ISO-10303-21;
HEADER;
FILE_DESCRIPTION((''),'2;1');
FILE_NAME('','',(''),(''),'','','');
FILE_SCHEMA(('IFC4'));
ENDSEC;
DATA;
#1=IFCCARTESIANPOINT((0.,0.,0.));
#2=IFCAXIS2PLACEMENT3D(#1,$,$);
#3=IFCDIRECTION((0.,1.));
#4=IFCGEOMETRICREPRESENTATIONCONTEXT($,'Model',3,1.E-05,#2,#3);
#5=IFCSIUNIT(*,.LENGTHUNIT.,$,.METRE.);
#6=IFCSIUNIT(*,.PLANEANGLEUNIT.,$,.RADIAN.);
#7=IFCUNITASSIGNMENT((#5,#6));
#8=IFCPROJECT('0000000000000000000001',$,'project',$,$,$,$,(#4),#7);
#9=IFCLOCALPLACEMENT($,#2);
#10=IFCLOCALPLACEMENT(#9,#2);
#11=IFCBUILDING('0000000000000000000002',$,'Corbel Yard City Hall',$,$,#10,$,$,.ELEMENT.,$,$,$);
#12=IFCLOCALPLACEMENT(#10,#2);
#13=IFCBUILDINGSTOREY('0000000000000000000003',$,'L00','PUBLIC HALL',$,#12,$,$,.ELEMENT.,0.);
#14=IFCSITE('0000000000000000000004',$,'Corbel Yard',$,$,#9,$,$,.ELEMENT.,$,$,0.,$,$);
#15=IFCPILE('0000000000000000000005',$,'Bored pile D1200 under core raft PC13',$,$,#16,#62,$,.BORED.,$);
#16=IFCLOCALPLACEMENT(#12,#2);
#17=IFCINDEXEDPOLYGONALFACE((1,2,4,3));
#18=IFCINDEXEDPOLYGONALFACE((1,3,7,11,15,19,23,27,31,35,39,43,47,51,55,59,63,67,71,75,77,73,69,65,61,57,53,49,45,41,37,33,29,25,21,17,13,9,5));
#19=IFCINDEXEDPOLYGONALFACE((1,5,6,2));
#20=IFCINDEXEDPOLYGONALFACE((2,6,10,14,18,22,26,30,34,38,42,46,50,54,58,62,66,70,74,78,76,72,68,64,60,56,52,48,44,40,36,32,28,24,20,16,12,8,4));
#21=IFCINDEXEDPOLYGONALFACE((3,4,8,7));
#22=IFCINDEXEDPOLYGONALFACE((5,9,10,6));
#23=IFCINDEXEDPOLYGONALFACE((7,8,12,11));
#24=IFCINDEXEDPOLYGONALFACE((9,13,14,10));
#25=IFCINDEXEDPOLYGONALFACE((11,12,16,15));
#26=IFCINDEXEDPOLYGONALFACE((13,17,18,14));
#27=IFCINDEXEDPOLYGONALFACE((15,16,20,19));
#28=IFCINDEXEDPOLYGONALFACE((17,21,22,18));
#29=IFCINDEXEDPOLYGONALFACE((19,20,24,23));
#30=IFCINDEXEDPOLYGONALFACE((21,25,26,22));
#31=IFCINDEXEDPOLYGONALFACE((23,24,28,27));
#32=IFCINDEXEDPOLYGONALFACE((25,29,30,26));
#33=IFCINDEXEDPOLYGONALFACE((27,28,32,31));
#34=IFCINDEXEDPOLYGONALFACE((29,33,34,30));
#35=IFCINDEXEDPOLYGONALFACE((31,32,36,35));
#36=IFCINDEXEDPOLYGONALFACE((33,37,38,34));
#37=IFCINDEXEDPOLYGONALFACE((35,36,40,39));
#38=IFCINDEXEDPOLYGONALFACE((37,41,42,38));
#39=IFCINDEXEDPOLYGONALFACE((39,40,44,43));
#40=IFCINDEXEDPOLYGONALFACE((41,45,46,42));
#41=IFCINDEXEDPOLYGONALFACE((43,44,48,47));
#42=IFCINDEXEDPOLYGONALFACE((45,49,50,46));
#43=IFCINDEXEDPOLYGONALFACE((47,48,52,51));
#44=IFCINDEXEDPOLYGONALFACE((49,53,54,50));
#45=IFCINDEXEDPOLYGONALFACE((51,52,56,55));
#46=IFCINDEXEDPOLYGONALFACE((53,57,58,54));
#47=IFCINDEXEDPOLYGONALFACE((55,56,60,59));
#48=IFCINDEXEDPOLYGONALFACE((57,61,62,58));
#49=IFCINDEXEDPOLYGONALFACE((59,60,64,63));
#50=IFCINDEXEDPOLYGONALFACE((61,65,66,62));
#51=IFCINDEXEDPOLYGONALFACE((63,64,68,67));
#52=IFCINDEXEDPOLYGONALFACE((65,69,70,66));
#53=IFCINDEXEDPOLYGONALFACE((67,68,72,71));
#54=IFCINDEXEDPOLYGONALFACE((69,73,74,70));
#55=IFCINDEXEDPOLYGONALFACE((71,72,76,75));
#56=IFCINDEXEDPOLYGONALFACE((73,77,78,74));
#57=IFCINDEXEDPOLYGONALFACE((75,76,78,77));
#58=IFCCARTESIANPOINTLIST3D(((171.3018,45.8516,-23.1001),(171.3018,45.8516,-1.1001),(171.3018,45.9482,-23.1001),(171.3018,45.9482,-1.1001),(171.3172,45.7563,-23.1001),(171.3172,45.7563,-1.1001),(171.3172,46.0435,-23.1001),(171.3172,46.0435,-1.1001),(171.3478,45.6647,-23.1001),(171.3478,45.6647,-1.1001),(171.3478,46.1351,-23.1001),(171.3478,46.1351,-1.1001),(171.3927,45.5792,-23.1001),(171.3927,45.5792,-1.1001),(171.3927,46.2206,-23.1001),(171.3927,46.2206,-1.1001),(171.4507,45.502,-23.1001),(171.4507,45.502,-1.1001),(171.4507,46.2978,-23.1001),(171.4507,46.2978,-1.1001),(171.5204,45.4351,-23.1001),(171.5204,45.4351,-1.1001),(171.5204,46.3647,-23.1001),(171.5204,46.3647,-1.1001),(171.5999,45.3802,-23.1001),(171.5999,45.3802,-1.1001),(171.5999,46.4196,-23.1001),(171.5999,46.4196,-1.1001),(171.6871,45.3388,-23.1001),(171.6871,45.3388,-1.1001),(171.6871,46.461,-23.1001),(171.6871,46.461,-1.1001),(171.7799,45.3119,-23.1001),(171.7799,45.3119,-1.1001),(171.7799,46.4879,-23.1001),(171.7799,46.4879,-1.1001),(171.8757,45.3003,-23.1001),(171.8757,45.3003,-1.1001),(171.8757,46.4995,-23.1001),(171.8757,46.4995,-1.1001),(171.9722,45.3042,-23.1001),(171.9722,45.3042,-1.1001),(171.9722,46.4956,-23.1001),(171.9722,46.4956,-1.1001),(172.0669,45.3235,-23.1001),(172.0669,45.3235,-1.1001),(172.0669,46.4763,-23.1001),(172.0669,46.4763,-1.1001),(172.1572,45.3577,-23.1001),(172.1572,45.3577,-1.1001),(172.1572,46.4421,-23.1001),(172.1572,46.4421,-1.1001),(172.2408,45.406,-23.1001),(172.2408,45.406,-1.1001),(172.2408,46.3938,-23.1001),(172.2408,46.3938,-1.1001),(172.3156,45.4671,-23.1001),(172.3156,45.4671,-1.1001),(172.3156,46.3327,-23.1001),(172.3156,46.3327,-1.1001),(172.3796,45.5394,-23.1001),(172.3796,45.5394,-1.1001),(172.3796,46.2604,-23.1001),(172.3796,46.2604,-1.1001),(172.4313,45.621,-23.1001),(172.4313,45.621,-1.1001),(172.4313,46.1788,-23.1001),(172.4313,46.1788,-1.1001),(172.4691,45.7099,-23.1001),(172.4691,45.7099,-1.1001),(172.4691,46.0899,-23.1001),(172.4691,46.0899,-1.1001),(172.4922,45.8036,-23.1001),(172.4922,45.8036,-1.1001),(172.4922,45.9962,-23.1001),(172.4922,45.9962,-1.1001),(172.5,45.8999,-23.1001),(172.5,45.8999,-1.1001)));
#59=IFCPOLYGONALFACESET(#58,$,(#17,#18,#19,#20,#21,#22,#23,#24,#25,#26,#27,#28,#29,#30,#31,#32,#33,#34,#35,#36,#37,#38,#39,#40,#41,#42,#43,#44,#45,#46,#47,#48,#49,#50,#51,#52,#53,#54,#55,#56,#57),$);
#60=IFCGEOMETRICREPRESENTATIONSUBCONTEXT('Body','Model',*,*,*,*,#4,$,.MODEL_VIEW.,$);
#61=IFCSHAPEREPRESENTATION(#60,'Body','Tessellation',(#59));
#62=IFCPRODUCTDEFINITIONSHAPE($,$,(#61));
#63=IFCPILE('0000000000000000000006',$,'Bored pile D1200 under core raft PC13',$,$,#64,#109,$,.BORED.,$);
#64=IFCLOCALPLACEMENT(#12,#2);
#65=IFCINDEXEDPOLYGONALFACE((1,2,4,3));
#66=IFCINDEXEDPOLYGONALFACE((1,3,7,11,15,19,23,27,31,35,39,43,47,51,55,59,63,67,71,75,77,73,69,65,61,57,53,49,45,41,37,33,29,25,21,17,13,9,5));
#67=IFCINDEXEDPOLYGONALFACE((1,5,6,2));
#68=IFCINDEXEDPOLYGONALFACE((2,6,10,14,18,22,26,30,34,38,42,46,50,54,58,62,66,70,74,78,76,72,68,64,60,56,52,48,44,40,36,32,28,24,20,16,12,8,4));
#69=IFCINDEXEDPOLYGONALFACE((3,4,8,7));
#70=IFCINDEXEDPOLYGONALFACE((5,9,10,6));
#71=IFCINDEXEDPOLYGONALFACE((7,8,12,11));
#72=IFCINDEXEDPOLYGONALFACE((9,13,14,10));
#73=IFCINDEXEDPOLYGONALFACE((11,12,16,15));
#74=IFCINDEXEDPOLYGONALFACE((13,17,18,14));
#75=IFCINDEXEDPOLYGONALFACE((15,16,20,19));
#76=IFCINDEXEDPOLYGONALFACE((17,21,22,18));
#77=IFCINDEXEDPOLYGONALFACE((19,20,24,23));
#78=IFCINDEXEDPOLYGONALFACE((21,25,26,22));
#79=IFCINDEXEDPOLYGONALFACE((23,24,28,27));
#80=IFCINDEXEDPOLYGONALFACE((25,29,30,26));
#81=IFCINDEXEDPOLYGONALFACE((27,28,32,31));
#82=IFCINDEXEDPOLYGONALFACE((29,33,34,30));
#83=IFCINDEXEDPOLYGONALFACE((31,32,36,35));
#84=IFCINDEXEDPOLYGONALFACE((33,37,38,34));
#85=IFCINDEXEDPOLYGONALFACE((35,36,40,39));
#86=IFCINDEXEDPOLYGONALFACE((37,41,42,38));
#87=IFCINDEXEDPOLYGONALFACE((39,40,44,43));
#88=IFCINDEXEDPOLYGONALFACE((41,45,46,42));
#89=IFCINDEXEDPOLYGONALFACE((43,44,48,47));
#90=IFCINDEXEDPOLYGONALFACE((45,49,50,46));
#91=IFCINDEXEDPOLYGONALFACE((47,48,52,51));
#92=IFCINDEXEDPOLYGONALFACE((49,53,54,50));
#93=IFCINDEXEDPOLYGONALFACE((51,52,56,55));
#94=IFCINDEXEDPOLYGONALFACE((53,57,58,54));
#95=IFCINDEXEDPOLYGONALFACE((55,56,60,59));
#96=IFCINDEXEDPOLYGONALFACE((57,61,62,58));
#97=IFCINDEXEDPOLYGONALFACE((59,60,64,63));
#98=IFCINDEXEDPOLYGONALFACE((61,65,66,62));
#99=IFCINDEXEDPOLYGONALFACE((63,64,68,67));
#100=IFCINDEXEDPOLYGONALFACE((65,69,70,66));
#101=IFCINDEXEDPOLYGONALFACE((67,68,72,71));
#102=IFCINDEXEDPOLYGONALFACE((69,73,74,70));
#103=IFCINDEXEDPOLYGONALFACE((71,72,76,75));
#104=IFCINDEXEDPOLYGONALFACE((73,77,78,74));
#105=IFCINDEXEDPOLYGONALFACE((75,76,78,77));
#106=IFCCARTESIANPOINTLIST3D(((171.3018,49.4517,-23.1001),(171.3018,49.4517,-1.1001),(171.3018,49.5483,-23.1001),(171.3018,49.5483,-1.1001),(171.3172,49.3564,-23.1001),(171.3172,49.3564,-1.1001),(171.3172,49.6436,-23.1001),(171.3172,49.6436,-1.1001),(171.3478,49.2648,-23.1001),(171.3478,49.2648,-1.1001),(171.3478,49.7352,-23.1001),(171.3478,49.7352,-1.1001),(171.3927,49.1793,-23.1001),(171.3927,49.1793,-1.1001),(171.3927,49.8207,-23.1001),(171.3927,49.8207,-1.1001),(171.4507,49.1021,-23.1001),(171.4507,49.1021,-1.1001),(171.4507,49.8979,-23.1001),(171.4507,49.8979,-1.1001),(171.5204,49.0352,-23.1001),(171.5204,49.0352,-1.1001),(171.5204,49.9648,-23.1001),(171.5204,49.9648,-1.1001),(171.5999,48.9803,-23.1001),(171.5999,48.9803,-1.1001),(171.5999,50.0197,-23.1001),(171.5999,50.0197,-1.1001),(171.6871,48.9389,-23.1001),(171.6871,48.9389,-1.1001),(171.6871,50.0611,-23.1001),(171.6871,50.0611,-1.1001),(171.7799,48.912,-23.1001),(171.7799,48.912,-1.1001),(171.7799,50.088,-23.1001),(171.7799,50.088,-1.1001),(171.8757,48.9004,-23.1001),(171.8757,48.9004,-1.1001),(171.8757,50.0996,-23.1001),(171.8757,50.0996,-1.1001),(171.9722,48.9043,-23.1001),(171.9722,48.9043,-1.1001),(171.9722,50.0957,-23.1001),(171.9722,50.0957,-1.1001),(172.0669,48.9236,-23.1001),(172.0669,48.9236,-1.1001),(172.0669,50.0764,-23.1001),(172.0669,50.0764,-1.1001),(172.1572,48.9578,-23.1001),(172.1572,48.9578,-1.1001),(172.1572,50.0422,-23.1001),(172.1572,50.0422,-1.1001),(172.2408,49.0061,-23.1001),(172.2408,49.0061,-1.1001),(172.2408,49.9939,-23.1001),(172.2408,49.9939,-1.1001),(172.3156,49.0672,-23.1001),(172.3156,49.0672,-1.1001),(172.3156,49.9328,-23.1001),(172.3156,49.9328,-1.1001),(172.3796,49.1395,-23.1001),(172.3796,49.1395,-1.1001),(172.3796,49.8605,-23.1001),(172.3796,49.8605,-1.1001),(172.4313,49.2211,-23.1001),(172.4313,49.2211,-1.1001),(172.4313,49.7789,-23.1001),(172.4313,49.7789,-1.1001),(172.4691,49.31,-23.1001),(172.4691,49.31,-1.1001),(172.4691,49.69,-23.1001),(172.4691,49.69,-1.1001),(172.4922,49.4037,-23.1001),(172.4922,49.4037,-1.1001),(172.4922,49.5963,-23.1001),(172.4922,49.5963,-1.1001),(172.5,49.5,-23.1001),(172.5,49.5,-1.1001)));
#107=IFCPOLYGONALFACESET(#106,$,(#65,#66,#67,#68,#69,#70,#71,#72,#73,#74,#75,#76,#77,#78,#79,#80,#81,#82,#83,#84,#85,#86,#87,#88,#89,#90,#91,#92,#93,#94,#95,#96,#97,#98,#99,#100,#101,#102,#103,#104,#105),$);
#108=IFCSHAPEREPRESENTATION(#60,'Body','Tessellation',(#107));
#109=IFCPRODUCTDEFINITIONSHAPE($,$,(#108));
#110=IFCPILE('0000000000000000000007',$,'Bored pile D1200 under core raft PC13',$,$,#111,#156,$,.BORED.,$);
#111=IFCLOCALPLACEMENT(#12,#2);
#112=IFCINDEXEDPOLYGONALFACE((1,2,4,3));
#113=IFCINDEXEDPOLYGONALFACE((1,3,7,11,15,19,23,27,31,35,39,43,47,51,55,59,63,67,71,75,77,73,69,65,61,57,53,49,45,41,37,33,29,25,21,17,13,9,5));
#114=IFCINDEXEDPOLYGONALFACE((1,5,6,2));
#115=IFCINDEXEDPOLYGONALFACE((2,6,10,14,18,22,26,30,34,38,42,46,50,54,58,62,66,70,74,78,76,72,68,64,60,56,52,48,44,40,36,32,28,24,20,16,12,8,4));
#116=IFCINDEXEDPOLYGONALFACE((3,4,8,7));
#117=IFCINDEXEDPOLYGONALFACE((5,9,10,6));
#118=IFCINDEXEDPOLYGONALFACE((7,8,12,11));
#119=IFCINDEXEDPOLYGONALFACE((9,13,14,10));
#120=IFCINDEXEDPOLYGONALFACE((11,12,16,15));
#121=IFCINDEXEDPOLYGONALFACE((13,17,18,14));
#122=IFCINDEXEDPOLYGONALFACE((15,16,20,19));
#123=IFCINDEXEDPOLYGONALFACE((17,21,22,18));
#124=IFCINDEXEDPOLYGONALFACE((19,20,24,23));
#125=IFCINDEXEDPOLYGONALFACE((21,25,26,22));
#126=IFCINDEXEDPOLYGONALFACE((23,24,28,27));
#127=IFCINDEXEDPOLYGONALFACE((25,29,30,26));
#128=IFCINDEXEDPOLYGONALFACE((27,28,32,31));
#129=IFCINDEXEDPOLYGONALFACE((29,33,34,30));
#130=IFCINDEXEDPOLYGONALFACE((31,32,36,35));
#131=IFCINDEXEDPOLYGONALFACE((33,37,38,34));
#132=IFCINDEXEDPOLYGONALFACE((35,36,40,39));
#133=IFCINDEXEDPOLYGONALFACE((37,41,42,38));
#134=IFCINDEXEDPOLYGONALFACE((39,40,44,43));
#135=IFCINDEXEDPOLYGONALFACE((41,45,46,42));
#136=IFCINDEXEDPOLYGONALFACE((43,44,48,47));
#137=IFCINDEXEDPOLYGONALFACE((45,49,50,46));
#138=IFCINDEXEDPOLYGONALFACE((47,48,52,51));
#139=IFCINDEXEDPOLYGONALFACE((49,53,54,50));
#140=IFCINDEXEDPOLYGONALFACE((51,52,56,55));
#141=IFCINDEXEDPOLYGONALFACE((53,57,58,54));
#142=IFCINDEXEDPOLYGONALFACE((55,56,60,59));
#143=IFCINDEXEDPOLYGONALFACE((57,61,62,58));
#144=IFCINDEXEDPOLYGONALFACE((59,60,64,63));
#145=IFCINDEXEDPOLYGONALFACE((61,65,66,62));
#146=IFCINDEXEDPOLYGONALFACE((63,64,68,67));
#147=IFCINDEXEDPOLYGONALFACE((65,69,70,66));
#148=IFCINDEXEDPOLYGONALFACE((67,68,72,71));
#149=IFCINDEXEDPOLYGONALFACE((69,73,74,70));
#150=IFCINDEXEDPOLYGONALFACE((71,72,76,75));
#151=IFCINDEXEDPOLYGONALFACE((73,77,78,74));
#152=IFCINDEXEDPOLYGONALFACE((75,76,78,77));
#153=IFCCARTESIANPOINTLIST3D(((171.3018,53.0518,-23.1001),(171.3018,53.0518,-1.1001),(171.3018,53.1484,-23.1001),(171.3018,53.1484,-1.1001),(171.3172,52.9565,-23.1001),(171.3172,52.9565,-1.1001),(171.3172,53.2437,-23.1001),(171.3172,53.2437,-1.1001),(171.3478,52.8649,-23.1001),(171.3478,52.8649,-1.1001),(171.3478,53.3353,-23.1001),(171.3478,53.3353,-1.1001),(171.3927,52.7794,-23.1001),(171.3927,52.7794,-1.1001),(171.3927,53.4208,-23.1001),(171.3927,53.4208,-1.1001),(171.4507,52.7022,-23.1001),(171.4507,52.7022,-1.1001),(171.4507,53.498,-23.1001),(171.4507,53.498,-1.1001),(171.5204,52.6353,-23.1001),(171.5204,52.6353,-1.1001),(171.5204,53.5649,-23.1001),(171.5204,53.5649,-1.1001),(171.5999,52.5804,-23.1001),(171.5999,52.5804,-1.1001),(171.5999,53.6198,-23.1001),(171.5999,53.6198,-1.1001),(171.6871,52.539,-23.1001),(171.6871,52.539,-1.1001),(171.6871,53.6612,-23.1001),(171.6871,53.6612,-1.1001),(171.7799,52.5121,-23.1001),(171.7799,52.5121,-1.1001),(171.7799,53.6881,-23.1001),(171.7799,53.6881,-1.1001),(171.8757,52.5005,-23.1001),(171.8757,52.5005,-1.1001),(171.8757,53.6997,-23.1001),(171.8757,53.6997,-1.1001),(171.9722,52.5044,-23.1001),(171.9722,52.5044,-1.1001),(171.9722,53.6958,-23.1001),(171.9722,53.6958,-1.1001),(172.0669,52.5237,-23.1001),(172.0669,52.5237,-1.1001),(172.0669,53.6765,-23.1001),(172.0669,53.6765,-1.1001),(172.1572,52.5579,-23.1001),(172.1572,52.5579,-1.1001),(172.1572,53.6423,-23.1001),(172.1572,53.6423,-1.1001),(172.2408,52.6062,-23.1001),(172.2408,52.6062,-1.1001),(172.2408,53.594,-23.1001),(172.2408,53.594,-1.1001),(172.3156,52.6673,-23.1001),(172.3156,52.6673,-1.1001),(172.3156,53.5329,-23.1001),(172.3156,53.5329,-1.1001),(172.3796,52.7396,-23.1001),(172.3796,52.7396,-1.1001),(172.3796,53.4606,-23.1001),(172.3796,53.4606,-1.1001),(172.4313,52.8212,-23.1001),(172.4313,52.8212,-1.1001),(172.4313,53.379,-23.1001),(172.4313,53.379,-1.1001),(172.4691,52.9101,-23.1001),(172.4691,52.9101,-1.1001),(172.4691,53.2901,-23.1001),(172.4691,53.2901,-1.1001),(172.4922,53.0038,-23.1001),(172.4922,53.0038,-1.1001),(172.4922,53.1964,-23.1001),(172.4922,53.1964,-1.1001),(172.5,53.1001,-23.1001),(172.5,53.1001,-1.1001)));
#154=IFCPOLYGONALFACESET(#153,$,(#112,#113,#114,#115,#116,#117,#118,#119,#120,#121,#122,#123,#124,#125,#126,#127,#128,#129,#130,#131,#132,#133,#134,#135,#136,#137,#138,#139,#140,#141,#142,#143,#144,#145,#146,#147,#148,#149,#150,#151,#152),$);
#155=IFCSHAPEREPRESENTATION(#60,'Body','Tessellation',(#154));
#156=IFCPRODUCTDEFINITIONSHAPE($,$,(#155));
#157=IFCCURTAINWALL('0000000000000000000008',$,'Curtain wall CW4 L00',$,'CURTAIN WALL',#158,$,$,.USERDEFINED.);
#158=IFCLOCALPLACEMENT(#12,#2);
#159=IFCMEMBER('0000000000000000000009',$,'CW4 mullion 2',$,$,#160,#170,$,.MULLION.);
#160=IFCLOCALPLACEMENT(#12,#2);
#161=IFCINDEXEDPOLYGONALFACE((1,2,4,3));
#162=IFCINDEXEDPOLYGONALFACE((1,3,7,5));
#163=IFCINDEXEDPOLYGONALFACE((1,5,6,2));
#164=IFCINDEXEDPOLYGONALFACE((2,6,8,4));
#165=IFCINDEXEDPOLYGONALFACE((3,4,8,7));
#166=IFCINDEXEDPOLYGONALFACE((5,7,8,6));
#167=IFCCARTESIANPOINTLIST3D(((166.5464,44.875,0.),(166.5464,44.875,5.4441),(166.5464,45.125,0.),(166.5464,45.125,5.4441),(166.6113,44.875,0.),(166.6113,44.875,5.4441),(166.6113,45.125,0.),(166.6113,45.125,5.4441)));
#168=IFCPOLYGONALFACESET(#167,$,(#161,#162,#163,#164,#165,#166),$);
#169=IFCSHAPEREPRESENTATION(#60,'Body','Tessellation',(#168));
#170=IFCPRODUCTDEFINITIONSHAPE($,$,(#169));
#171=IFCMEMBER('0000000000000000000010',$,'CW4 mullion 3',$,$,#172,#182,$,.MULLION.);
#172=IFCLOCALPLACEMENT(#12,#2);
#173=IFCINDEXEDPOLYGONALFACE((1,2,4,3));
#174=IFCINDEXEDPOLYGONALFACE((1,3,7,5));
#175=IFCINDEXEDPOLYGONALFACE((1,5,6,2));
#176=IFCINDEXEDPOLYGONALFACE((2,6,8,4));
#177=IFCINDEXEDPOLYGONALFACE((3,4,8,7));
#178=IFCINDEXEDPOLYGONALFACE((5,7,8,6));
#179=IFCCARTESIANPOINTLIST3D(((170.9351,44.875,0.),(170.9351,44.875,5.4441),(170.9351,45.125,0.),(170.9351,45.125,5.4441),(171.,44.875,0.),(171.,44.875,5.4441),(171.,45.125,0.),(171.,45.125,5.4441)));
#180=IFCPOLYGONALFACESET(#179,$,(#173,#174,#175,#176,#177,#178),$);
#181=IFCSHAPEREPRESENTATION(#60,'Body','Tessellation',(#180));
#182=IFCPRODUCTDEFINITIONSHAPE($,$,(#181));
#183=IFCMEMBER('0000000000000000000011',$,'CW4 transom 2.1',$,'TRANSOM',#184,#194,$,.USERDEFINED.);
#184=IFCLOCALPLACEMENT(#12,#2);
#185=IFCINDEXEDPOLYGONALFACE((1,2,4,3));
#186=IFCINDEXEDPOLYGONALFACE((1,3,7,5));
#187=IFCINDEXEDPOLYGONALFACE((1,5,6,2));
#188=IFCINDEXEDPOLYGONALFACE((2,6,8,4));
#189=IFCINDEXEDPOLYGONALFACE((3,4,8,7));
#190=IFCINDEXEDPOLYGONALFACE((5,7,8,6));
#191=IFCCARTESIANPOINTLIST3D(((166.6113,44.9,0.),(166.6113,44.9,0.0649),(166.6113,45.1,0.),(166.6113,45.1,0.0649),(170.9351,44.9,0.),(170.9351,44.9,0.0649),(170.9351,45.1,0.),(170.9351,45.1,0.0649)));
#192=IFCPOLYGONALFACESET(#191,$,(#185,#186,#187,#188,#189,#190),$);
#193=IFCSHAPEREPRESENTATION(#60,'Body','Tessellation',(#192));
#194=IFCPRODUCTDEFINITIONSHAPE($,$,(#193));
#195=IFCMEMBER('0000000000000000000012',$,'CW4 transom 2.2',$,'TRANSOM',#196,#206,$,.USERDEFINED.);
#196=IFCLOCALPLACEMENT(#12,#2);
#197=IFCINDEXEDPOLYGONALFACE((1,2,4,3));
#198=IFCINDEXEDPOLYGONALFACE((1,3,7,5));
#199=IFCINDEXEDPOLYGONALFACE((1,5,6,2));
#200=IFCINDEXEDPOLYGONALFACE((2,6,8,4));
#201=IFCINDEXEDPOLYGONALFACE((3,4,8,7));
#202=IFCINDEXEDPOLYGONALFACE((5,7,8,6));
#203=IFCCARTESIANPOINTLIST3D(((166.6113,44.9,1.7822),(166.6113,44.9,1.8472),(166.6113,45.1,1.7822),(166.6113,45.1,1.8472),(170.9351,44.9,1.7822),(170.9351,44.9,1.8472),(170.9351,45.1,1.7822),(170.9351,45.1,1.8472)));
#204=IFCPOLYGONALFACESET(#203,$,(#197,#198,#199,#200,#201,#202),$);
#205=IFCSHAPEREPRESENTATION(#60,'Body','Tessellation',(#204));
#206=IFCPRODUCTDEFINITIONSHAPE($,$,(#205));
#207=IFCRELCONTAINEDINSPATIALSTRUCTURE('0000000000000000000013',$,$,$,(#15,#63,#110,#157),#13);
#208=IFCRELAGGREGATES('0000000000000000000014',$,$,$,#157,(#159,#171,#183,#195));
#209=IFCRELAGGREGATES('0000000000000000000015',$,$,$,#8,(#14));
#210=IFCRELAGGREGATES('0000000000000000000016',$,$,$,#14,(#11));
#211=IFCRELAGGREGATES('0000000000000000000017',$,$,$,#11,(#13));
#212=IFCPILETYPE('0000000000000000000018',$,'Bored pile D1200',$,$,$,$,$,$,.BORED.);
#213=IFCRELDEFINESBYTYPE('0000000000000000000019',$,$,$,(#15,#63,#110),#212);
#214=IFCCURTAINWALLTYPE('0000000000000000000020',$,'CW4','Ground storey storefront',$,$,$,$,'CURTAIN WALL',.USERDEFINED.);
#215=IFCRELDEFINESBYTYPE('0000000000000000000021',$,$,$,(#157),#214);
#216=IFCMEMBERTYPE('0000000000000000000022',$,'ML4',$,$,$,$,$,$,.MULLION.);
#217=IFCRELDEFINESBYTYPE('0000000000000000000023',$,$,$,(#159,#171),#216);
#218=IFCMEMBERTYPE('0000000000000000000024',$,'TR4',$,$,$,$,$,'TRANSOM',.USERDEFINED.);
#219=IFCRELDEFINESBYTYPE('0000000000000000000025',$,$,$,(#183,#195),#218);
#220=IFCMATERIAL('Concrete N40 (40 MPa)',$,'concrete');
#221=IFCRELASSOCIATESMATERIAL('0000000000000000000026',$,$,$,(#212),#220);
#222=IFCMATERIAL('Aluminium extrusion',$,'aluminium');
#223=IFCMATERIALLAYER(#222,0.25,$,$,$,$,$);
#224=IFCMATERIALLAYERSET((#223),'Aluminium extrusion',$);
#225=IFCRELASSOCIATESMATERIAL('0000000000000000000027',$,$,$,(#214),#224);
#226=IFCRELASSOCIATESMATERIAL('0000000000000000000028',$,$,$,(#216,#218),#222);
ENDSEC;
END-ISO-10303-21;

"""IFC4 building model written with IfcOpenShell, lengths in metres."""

from ifc_helpers import new_model, si_unit, direction, frame, origin, origin_2d, place, context, subcontext, project, spatial, rectangle, circle, extrude, material, layer, layer_set, material_profile, profile_set, type_object, element, aggregate, save


model = new_model("IFC4")

# Units and contexts
model_context = context("Model", 3, precision=1e-05, world=origin(), true_north=direction((0.0, 1.0)))
body_context = subcontext(model_context, "Body", "Model", "MODEL_VIEW")
ifc_project = project(units=[si_unit("LENGTHUNIT", "METRE"), si_unit("PLANEANGLEUNIT", "RADIAN")], contexts=[model_context])

# Site, building, storey
site_placement = place(None, origin())
site = spatial("IfcSite", under=ifc_project, at=site_placement, Name="Corbel Yard", CompositionType="ELEMENT", RefElevation=0.0)
building_placement = place(site_placement, origin())
building = spatial("IfcBuilding", under=site, at=building_placement, Name="Corbel Yard City Hall", CompositionType="ELEMENT")
storey_placement = place(building_placement, origin())
storey = spatial("IfcBuildingStorey", under=building, at=storey_placement, Name="L00", Description="PUBLIC HALL", CompositionType="ELEMENT", Elevation=0.0)

# Piles
ifc_material_1 = material(Name="Concrete N40 (40 MPa)", Category="concrete")
ifc_material_profile_1 = material_profile(ifc_material_1, circle(Radius=0.6001, at=origin_2d()), Name="D1200")
ifc_profile_set_1 = profile_set([ifc_material_profile_1], Name="Concrete N40 (40 MPa)")
pile_type = type_object("IfcPileType", Name="Bored pile D1200", PredefinedType="BORED", material=ifc_profile_set_1)
for number, where, z_axis, x_axis, name in (
    (1, (171.8999, 45.8999, -1.1001), (0.0, 0.0, -1.0), (1.0, 0.0, 0.0), "Bored pile D1200 under core raft PC13"),
    (2, (171.8999, 49.5, -1.1001), (0.0, 0.0, -1.0), (1.0, 0.0, 0.0), "Bored pile D1200 under core raft PC13"),
    (3, (171.8999, 53.1001, -1.1001), (0.0, 0.0, -1.0), (1.0, 0.0, 0.0), "Bored pile D1200 under core raft PC13"),
):
    element("IfcPile", number, at=place(storey_placement, frame(where, z_axis=z_axis, x_axis=x_axis)), inside=storey, type_object=pile_type, Name=name, PredefinedType="BORED", context=body_context, shape_type="SweptSolid", body=[
        extrude(circle(Radius=0.6001, at=origin_2d()), origin(), (0.0, 0.0, 1.0), 22.0),
    ])

# Curtain wall, members
ifc_material_2 = material(Name="Aluminium extrusion", Category="aluminium")
ifc_layer_1 = layer(ifc_material_2, 0.25)
ifc_layer_set_1 = layer_set([ifc_layer_1], Name="Aluminium extrusion")
curtain_wall_type = type_object("IfcCurtainWallType", Name="CW4", Description="Ground storey storefront", ElementType="CURTAIN WALL", PredefinedType="USERDEFINED", material=ifc_layer_set_1)
curtain_wall_placement = place(storey_placement, origin())
curtain_wall = element("IfcCurtainWall", 4, at=curtain_wall_placement, inside=storey, type_object=curtain_wall_type, Name="Curtain wall CW4 L00", ObjectType="CURTAIN WALL", PredefinedType="USERDEFINED")
ifc_material_profile_2 = material_profile(ifc_material_2, rectangle(XDim=0.25, YDim=0.0649, at=origin_2d()), Name="250x65")
ifc_profile_set_2 = profile_set([ifc_material_profile_2], Name="Aluminium extrusion")
member_type_1 = type_object("IfcMemberType", Name="ML4", PredefinedType="MULLION", material=ifc_profile_set_2)
member_1_placement = place(storey_placement, frame((166.5789, 45.0, 0.0), z_axis=(0.0, 0.0, 1.0), x_axis=(0.0, 1.0, 0.0)))
member_1 = element("IfcMember", 5, at=member_1_placement, type_object=member_type_1, Name="CW4 mullion 2", PredefinedType="MULLION", context=body_context, shape_type="SweptSolid", body=[
    extrude(rectangle(XDim=0.25, YDim=0.0649, at=origin_2d()), origin(), (0.0, 0.0, 1.0), 5.4441),
])
member_2_placement = place(storey_placement, frame((170.9675, 45.0, 0.0), z_axis=(0.0, 0.0, 1.0), x_axis=(0.0, 1.0, 0.0)))
member_2 = element("IfcMember", 6, at=member_2_placement, type_object=member_type_1, Name="CW4 mullion 3", PredefinedType="MULLION", context=body_context, shape_type="SweptSolid", body=[
    extrude(rectangle(XDim=0.25, YDim=0.0649, at=origin_2d()), origin(), (0.0, 0.0, 1.0), 5.4441),
])
ifc_material_profile_3 = material_profile(ifc_material_2, rectangle(XDim=0.2, YDim=0.0649, at=origin_2d()), Name="200x65")
ifc_profile_set_3 = profile_set([ifc_material_profile_3], Name="Aluminium extrusion")
member_type_2 = type_object("IfcMemberType", Name="TR4", ElementType="TRANSOM", PredefinedType="USERDEFINED", material=ifc_profile_set_3)
member_3_placement = place(storey_placement, frame((166.6113, 45.0, 0.0325), z_axis=(1.0, 0.0, 0.0), x_axis=(0.0, 1.0, 0.0)))
member_3 = element("IfcMember", 7, at=member_3_placement, type_object=member_type_2, Name="CW4 transom 2.1", ObjectType="TRANSOM", PredefinedType="USERDEFINED", context=body_context, shape_type="SweptSolid", body=[
    extrude(rectangle(XDim=0.2, YDim=0.0649, at=origin_2d()), origin(), (0.0, 0.0, 1.0), 4.3237),
])
member_4_placement = place(storey_placement, frame((166.6113, 45.0, 1.8147), z_axis=(1.0, 0.0, 0.0), x_axis=(0.0, 1.0, 0.0)))
member_4 = element("IfcMember", 8, at=member_4_placement, type_object=member_type_2, Name="CW4 transom 2.2", ObjectType="TRANSOM", PredefinedType="USERDEFINED", context=body_context, shape_type="SweptSolid", body=[
    extrude(rectangle(XDim=0.2, YDim=0.0649, at=origin_2d()), origin(), (0.0, 0.0, 1.0), 4.3237),
])
aggregate(curtain_wall, [member_1, member_2, member_3, member_4])

save(model, "model.ifc")
